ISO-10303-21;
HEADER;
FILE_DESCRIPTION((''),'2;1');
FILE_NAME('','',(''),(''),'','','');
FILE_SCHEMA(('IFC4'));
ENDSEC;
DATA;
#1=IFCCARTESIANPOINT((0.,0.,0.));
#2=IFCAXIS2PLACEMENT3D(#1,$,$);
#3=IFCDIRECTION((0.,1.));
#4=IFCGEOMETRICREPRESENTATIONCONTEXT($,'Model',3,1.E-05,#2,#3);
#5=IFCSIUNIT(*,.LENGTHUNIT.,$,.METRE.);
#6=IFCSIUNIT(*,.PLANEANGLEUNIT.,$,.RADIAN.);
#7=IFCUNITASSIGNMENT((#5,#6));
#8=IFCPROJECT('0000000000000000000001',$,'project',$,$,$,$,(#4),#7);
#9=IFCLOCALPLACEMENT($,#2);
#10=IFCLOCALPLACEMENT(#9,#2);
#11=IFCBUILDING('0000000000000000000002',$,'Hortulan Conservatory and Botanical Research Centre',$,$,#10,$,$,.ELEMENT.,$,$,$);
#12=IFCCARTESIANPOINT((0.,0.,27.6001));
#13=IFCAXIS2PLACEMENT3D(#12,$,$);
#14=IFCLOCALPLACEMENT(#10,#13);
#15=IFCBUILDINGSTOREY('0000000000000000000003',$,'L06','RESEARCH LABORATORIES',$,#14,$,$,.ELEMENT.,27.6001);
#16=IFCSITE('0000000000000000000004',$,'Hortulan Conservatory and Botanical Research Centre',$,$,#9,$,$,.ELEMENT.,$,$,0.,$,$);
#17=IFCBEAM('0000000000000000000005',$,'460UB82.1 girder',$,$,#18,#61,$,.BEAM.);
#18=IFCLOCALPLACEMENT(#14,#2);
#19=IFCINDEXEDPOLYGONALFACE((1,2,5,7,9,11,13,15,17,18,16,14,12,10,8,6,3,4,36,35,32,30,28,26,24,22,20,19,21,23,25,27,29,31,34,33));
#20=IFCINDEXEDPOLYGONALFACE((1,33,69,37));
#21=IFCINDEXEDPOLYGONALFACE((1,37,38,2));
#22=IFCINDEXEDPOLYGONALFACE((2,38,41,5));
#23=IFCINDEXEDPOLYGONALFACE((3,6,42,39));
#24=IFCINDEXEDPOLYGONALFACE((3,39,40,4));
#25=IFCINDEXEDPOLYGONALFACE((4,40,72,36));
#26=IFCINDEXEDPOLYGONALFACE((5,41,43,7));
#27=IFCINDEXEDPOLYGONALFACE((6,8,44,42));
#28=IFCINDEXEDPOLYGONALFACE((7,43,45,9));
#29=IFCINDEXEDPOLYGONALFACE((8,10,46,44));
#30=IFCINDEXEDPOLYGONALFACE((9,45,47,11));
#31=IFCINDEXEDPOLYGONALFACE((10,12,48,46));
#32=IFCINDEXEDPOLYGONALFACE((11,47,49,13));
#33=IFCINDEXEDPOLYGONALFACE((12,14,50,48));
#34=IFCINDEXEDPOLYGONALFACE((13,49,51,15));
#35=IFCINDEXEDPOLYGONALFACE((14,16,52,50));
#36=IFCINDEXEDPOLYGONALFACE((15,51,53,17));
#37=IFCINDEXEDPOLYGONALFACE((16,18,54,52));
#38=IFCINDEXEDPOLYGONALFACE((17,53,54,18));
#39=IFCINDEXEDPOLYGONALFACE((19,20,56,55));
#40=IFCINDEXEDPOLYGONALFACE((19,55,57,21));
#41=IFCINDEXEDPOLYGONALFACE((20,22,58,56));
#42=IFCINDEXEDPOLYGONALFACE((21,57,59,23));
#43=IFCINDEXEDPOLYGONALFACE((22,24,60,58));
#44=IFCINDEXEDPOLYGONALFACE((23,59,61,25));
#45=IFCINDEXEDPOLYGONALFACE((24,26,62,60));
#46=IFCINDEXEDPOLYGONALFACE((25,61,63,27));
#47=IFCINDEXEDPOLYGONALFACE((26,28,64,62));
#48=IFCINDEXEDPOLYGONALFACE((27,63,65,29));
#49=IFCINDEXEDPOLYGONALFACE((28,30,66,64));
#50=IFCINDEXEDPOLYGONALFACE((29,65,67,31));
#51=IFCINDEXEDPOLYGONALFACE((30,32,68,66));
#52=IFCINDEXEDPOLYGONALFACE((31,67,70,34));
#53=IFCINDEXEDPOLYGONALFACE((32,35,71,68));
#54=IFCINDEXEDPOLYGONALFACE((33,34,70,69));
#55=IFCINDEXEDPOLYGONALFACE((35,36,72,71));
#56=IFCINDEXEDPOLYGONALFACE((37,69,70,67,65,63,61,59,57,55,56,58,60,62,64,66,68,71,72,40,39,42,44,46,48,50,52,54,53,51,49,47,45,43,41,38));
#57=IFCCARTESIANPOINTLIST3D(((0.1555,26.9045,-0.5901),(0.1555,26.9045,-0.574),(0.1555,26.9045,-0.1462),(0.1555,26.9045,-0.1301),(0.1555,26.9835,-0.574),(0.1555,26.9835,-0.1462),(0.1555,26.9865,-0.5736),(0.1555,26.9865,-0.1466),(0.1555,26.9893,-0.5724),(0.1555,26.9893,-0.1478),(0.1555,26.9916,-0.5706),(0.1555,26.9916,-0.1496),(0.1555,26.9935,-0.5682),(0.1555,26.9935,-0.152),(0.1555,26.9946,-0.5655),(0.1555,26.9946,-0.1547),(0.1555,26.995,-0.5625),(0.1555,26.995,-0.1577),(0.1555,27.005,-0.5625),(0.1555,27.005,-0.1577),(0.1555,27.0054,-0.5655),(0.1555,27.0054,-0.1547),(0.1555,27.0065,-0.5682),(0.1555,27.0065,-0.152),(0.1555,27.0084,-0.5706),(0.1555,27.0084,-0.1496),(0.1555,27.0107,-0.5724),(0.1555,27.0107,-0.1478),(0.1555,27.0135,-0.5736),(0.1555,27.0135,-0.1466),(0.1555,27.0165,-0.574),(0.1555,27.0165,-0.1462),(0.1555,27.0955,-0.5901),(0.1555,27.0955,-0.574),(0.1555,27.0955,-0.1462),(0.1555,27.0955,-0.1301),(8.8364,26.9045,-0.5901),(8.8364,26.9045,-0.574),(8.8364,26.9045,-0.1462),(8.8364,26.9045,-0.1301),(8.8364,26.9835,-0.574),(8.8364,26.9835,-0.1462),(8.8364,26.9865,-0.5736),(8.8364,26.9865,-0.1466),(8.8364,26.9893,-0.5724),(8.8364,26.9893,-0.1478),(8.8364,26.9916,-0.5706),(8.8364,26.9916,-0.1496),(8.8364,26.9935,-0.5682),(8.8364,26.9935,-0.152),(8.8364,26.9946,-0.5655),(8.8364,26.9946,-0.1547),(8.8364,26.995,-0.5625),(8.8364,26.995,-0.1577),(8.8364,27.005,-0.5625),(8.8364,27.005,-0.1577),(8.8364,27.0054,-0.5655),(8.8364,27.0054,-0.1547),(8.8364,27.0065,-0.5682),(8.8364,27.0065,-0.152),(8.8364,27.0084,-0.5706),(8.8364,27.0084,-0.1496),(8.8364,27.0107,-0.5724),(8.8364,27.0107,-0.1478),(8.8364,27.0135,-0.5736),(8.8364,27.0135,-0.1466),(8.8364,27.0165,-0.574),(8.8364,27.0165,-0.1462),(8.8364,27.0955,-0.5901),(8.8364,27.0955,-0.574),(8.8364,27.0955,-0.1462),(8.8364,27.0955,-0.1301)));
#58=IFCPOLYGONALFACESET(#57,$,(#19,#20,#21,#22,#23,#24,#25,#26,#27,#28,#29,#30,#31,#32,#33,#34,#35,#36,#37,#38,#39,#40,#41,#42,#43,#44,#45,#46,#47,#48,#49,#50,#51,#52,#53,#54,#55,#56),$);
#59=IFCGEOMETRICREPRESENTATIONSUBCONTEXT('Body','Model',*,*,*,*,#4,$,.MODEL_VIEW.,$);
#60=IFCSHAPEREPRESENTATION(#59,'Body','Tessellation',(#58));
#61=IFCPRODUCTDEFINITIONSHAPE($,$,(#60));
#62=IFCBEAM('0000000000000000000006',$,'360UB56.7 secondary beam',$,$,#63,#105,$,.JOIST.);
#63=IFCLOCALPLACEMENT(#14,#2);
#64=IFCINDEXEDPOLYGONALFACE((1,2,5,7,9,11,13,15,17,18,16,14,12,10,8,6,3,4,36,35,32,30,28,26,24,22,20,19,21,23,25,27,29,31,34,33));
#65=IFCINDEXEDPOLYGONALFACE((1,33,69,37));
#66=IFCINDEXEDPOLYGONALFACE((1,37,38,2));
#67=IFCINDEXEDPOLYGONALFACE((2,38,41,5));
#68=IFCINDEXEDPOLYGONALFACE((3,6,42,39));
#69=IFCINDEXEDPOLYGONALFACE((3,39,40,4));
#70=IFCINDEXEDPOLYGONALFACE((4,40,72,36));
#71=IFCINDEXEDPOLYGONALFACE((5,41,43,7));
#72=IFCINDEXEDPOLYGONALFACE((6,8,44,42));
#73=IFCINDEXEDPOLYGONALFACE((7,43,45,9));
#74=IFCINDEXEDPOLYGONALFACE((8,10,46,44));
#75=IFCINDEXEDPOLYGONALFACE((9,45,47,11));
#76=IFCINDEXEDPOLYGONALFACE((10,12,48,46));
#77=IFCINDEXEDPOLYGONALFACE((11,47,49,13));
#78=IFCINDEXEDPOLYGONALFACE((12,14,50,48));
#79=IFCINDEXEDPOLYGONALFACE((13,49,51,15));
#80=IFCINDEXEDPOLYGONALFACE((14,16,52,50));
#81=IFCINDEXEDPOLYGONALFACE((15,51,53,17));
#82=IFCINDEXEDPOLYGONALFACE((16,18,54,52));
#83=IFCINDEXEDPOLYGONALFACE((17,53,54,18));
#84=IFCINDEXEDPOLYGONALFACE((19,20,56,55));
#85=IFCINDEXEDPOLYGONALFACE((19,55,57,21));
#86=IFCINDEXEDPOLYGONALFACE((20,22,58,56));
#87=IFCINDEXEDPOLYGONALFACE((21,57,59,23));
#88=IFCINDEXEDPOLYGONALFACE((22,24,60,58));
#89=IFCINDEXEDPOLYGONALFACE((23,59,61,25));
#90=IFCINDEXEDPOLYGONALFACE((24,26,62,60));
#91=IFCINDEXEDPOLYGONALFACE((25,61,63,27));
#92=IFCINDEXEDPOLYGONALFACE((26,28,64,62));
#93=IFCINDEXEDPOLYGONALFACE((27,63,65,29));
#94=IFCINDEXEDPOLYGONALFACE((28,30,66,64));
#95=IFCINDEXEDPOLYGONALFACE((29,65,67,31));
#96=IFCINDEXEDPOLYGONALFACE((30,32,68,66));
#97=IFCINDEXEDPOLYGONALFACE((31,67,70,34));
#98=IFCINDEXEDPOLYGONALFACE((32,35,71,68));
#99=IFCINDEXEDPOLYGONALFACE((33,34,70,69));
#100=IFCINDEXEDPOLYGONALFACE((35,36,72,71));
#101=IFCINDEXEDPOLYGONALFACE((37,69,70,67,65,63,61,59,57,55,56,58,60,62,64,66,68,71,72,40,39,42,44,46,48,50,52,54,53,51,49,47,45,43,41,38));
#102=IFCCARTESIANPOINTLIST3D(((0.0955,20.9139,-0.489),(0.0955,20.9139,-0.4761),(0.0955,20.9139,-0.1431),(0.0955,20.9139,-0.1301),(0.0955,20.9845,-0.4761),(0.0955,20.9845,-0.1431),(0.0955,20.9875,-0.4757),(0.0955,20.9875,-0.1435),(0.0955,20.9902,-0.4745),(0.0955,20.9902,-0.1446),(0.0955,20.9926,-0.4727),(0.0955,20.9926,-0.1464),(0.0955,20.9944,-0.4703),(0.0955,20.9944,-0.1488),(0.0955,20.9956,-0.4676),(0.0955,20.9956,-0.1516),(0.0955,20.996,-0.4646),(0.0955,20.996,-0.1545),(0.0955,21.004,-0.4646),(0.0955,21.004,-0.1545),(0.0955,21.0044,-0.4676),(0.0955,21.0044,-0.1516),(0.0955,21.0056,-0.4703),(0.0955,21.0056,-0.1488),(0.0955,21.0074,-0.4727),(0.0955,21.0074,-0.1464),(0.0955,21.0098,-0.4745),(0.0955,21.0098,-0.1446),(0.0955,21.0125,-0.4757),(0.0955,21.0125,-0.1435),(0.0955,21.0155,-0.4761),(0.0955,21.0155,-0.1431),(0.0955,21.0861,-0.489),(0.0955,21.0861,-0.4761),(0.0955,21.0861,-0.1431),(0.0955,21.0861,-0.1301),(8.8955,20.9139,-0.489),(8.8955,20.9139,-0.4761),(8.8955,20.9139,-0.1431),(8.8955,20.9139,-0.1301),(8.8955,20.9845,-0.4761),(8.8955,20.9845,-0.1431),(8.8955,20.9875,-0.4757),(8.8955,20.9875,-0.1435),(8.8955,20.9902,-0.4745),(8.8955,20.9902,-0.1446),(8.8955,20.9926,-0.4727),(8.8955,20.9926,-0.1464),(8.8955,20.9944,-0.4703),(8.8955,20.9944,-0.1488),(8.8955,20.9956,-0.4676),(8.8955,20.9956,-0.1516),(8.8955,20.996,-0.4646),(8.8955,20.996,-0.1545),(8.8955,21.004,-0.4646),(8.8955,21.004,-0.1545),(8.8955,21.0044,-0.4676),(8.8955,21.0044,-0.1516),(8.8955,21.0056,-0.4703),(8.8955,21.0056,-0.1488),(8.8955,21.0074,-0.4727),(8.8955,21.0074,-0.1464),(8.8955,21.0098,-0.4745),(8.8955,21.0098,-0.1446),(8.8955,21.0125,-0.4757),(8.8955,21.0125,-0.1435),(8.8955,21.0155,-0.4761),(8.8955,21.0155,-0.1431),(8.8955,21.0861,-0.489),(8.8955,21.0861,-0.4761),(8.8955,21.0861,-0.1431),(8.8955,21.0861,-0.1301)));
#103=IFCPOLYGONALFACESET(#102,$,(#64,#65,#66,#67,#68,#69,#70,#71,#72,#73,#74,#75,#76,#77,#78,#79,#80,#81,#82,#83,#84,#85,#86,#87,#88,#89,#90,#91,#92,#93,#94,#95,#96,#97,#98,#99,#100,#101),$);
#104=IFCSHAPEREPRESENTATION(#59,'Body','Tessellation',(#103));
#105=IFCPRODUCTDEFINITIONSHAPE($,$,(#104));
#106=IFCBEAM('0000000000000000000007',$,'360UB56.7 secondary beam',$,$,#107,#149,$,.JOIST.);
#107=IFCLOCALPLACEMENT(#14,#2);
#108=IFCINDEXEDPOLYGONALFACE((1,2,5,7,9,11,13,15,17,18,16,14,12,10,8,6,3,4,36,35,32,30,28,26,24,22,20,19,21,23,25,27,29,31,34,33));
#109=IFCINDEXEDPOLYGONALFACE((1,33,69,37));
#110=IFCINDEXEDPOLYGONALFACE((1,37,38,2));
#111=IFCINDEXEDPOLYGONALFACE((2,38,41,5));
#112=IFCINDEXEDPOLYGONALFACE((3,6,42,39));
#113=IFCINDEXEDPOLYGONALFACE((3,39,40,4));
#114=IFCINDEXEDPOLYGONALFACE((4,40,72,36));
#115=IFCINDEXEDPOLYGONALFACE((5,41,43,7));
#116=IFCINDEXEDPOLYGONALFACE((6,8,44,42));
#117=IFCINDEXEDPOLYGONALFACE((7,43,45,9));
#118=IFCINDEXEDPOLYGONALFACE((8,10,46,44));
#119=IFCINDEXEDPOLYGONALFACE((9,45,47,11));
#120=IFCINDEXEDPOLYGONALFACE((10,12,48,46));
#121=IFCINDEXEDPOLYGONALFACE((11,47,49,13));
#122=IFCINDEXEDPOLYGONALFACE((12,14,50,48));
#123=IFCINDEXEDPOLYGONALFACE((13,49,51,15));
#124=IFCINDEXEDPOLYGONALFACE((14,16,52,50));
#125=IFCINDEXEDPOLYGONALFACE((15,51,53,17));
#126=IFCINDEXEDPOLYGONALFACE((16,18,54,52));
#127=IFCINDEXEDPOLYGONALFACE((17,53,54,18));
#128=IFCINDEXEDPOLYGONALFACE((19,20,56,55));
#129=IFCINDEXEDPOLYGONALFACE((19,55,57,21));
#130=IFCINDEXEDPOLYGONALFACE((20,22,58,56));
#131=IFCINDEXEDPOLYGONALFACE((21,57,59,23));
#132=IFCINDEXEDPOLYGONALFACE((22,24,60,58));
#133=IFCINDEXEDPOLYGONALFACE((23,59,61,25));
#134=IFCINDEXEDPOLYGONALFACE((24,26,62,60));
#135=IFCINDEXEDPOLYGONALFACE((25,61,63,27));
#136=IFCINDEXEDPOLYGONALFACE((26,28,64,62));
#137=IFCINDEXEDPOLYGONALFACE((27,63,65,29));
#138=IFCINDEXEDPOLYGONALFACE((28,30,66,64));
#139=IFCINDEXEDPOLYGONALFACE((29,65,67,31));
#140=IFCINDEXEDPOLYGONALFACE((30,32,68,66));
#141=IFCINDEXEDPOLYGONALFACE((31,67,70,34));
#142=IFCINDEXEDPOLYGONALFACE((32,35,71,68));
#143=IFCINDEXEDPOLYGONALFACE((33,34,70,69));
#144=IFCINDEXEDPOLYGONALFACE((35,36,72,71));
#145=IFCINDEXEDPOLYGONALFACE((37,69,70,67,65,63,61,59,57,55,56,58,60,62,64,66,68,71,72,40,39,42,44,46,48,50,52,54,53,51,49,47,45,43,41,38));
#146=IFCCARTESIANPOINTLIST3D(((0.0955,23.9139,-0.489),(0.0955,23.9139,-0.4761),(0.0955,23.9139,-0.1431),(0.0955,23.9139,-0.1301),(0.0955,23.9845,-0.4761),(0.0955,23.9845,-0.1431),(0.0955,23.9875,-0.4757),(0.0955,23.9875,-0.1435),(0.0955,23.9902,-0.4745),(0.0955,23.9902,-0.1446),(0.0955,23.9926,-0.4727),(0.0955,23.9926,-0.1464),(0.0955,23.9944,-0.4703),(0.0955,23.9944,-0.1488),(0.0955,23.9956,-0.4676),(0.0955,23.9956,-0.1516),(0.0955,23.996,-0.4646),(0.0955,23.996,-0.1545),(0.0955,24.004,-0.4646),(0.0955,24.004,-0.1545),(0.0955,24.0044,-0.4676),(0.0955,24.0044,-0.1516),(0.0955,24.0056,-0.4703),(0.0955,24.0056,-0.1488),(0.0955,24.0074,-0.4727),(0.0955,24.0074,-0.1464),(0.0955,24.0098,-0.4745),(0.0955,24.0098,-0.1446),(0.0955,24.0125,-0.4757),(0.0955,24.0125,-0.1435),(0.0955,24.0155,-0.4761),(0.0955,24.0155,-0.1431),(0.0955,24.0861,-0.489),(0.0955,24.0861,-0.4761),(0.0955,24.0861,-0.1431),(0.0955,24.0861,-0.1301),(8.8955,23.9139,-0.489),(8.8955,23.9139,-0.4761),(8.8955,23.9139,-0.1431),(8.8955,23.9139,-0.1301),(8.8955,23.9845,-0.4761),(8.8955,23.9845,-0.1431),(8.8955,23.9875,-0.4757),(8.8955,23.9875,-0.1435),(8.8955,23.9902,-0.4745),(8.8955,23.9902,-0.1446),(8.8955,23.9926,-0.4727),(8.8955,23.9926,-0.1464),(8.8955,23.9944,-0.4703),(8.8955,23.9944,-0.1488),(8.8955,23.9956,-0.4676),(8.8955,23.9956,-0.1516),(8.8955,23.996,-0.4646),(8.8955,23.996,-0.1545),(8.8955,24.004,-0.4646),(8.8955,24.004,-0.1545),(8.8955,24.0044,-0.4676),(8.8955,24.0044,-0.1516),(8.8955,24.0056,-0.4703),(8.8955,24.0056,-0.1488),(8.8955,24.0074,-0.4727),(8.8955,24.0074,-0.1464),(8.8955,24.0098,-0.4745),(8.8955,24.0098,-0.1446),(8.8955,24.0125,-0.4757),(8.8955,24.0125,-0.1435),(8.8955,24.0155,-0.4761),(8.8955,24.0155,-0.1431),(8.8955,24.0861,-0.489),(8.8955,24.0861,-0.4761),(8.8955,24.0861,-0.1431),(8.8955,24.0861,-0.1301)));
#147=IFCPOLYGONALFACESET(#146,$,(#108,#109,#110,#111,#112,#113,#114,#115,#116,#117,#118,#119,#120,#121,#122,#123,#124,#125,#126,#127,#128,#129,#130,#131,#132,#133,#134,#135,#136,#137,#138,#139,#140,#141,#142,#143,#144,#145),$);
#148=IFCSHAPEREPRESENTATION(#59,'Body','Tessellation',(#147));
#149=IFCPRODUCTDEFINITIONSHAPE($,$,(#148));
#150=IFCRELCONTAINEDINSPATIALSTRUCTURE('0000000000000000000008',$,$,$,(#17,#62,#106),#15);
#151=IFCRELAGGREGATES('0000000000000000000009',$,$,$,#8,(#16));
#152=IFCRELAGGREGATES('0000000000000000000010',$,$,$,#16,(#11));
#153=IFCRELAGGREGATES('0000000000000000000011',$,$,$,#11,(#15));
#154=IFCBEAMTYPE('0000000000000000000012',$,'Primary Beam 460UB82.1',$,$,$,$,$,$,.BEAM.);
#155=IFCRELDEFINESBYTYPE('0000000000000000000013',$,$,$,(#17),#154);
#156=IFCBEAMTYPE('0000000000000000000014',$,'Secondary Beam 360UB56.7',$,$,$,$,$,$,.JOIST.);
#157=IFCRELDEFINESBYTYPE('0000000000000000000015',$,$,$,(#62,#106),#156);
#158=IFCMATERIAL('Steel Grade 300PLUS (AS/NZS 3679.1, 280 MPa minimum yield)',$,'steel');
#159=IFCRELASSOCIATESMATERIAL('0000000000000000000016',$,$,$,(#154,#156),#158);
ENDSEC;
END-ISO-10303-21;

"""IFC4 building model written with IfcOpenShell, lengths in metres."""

from ifc_helpers import new_model, si_unit, direction, frame, origin, origin_2d, place, context, subcontext, project, spatial, i_section, extrude, material, material_profile, profile_set, type_object, element, save


model = new_model("IFC4")

# Units and contexts
model_context = context("Model", 3, precision=1e-05, world=origin(), true_north=direction((0.0, 1.0)))
body_context = subcontext(model_context, "Body", "Model", "MODEL_VIEW")
ifc_project = project(units=[si_unit("LENGTHUNIT", "METRE"), si_unit("PLANEANGLEUNIT", "RADIAN")], contexts=[model_context])

# Site, building, storey
site_placement = place(None, origin())
site = spatial("IfcSite", under=ifc_project, at=site_placement, Name="Hortulan Conservatory and Botanical Research Centre", CompositionType="ELEMENT", RefElevation=0.0)
building_placement = place(site_placement, origin())
building = spatial("IfcBuilding", under=site, at=building_placement, Name="Hortulan Conservatory and Botanical Research Centre", CompositionType="ELEMENT")
storey_placement = place(building_placement, frame((0.0, 0.0, 27.6001)))
storey = spatial("IfcBuildingStorey", under=building, at=storey_placement, Name="L06", Description="RESEARCH LABORATORIES", CompositionType="ELEMENT", Elevation=27.6001)

# Shared definitions
ifc_material_1 = material(Name="Steel Grade 300PLUS (AS/NZS 3679.1, 280 MPa minimum yield)", Category="steel")

# Beams
ifc_material_profile_1 = material_profile(ifc_material_1, i_section(OverallWidth=0.1909, OverallDepth=0.46, WebThickness=0.01, FlangeThickness=0.0161, FilletRadius=0.0115, at=origin_2d()), Name="460UB82.1")
ifc_profile_set_1 = profile_set([ifc_material_profile_1], Name="Steel Grade 300PLUS (AS/NZS 3679.1, 280 MPa minimum yield)")
beam_type_1 = type_object("IfcBeamType", Name="Primary Beam 460UB82.1", PredefinedType="BEAM", material=ifc_profile_set_1)
beam_1_placement = place(storey_placement, frame((0.1555, 27.0, -0.3601), z_axis=(1.0, 0.0, 0.0), x_axis=(0.0, 1.0, 0.0)))
element("IfcBeam", 1, at=beam_1_placement, inside=storey, type_object=beam_type_1, Name="460UB82.1 girder", PredefinedType="BEAM", context=body_context, shape_type="SweptSolid", body=[
    extrude(i_section(OverallWidth=0.1909, OverallDepth=0.46, WebThickness=0.01, FlangeThickness=0.0161, FilletRadius=0.0115, at=origin_2d()), origin(), (0.0, 0.0, 1.0), 8.6809),
])
ifc_material_profile_2 = material_profile(ifc_material_1, i_section(OverallWidth=0.1721, OverallDepth=0.3589, WebThickness=0.0081, FlangeThickness=0.0129, FilletRadius=0.0115, at=origin_2d()), Name="360UB56.7")
ifc_profile_set_2 = profile_set([ifc_material_profile_2], Name="Steel Grade 300PLUS (AS/NZS 3679.1, 280 MPa minimum yield)")
beam_type_2 = type_object("IfcBeamType", Name="Secondary Beam 360UB56.7", PredefinedType="JOIST", material=ifc_profile_set_2)
for number, where, z_axis, x_axis, name in (
    (2, (0.0955, 21.0, -0.3096), (1.0, 0.0, 0.0), (0.0, 1.0, 0.0), "360UB56.7 secondary beam"),
    (3, (0.0955, 24.0, -0.3096), (1.0, 0.0, 0.0), (0.0, 1.0, 0.0), "360UB56.7 secondary beam"),
):
    element("IfcBeam", number, at=place(storey_placement, frame(where, z_axis=z_axis, x_axis=x_axis)), inside=storey, type_object=beam_type_2, Name=name, PredefinedType="JOIST", context=body_context, shape_type="SweptSolid", body=[
        extrude(i_section(OverallWidth=0.1721, OverallDepth=0.3589, WebThickness=0.0081, FlangeThickness=0.0129, FilletRadius=0.0115, at=origin_2d()), origin(), (0.0, 0.0, 1.0), 8.8),
    ])

save(model, "model.ifc")
